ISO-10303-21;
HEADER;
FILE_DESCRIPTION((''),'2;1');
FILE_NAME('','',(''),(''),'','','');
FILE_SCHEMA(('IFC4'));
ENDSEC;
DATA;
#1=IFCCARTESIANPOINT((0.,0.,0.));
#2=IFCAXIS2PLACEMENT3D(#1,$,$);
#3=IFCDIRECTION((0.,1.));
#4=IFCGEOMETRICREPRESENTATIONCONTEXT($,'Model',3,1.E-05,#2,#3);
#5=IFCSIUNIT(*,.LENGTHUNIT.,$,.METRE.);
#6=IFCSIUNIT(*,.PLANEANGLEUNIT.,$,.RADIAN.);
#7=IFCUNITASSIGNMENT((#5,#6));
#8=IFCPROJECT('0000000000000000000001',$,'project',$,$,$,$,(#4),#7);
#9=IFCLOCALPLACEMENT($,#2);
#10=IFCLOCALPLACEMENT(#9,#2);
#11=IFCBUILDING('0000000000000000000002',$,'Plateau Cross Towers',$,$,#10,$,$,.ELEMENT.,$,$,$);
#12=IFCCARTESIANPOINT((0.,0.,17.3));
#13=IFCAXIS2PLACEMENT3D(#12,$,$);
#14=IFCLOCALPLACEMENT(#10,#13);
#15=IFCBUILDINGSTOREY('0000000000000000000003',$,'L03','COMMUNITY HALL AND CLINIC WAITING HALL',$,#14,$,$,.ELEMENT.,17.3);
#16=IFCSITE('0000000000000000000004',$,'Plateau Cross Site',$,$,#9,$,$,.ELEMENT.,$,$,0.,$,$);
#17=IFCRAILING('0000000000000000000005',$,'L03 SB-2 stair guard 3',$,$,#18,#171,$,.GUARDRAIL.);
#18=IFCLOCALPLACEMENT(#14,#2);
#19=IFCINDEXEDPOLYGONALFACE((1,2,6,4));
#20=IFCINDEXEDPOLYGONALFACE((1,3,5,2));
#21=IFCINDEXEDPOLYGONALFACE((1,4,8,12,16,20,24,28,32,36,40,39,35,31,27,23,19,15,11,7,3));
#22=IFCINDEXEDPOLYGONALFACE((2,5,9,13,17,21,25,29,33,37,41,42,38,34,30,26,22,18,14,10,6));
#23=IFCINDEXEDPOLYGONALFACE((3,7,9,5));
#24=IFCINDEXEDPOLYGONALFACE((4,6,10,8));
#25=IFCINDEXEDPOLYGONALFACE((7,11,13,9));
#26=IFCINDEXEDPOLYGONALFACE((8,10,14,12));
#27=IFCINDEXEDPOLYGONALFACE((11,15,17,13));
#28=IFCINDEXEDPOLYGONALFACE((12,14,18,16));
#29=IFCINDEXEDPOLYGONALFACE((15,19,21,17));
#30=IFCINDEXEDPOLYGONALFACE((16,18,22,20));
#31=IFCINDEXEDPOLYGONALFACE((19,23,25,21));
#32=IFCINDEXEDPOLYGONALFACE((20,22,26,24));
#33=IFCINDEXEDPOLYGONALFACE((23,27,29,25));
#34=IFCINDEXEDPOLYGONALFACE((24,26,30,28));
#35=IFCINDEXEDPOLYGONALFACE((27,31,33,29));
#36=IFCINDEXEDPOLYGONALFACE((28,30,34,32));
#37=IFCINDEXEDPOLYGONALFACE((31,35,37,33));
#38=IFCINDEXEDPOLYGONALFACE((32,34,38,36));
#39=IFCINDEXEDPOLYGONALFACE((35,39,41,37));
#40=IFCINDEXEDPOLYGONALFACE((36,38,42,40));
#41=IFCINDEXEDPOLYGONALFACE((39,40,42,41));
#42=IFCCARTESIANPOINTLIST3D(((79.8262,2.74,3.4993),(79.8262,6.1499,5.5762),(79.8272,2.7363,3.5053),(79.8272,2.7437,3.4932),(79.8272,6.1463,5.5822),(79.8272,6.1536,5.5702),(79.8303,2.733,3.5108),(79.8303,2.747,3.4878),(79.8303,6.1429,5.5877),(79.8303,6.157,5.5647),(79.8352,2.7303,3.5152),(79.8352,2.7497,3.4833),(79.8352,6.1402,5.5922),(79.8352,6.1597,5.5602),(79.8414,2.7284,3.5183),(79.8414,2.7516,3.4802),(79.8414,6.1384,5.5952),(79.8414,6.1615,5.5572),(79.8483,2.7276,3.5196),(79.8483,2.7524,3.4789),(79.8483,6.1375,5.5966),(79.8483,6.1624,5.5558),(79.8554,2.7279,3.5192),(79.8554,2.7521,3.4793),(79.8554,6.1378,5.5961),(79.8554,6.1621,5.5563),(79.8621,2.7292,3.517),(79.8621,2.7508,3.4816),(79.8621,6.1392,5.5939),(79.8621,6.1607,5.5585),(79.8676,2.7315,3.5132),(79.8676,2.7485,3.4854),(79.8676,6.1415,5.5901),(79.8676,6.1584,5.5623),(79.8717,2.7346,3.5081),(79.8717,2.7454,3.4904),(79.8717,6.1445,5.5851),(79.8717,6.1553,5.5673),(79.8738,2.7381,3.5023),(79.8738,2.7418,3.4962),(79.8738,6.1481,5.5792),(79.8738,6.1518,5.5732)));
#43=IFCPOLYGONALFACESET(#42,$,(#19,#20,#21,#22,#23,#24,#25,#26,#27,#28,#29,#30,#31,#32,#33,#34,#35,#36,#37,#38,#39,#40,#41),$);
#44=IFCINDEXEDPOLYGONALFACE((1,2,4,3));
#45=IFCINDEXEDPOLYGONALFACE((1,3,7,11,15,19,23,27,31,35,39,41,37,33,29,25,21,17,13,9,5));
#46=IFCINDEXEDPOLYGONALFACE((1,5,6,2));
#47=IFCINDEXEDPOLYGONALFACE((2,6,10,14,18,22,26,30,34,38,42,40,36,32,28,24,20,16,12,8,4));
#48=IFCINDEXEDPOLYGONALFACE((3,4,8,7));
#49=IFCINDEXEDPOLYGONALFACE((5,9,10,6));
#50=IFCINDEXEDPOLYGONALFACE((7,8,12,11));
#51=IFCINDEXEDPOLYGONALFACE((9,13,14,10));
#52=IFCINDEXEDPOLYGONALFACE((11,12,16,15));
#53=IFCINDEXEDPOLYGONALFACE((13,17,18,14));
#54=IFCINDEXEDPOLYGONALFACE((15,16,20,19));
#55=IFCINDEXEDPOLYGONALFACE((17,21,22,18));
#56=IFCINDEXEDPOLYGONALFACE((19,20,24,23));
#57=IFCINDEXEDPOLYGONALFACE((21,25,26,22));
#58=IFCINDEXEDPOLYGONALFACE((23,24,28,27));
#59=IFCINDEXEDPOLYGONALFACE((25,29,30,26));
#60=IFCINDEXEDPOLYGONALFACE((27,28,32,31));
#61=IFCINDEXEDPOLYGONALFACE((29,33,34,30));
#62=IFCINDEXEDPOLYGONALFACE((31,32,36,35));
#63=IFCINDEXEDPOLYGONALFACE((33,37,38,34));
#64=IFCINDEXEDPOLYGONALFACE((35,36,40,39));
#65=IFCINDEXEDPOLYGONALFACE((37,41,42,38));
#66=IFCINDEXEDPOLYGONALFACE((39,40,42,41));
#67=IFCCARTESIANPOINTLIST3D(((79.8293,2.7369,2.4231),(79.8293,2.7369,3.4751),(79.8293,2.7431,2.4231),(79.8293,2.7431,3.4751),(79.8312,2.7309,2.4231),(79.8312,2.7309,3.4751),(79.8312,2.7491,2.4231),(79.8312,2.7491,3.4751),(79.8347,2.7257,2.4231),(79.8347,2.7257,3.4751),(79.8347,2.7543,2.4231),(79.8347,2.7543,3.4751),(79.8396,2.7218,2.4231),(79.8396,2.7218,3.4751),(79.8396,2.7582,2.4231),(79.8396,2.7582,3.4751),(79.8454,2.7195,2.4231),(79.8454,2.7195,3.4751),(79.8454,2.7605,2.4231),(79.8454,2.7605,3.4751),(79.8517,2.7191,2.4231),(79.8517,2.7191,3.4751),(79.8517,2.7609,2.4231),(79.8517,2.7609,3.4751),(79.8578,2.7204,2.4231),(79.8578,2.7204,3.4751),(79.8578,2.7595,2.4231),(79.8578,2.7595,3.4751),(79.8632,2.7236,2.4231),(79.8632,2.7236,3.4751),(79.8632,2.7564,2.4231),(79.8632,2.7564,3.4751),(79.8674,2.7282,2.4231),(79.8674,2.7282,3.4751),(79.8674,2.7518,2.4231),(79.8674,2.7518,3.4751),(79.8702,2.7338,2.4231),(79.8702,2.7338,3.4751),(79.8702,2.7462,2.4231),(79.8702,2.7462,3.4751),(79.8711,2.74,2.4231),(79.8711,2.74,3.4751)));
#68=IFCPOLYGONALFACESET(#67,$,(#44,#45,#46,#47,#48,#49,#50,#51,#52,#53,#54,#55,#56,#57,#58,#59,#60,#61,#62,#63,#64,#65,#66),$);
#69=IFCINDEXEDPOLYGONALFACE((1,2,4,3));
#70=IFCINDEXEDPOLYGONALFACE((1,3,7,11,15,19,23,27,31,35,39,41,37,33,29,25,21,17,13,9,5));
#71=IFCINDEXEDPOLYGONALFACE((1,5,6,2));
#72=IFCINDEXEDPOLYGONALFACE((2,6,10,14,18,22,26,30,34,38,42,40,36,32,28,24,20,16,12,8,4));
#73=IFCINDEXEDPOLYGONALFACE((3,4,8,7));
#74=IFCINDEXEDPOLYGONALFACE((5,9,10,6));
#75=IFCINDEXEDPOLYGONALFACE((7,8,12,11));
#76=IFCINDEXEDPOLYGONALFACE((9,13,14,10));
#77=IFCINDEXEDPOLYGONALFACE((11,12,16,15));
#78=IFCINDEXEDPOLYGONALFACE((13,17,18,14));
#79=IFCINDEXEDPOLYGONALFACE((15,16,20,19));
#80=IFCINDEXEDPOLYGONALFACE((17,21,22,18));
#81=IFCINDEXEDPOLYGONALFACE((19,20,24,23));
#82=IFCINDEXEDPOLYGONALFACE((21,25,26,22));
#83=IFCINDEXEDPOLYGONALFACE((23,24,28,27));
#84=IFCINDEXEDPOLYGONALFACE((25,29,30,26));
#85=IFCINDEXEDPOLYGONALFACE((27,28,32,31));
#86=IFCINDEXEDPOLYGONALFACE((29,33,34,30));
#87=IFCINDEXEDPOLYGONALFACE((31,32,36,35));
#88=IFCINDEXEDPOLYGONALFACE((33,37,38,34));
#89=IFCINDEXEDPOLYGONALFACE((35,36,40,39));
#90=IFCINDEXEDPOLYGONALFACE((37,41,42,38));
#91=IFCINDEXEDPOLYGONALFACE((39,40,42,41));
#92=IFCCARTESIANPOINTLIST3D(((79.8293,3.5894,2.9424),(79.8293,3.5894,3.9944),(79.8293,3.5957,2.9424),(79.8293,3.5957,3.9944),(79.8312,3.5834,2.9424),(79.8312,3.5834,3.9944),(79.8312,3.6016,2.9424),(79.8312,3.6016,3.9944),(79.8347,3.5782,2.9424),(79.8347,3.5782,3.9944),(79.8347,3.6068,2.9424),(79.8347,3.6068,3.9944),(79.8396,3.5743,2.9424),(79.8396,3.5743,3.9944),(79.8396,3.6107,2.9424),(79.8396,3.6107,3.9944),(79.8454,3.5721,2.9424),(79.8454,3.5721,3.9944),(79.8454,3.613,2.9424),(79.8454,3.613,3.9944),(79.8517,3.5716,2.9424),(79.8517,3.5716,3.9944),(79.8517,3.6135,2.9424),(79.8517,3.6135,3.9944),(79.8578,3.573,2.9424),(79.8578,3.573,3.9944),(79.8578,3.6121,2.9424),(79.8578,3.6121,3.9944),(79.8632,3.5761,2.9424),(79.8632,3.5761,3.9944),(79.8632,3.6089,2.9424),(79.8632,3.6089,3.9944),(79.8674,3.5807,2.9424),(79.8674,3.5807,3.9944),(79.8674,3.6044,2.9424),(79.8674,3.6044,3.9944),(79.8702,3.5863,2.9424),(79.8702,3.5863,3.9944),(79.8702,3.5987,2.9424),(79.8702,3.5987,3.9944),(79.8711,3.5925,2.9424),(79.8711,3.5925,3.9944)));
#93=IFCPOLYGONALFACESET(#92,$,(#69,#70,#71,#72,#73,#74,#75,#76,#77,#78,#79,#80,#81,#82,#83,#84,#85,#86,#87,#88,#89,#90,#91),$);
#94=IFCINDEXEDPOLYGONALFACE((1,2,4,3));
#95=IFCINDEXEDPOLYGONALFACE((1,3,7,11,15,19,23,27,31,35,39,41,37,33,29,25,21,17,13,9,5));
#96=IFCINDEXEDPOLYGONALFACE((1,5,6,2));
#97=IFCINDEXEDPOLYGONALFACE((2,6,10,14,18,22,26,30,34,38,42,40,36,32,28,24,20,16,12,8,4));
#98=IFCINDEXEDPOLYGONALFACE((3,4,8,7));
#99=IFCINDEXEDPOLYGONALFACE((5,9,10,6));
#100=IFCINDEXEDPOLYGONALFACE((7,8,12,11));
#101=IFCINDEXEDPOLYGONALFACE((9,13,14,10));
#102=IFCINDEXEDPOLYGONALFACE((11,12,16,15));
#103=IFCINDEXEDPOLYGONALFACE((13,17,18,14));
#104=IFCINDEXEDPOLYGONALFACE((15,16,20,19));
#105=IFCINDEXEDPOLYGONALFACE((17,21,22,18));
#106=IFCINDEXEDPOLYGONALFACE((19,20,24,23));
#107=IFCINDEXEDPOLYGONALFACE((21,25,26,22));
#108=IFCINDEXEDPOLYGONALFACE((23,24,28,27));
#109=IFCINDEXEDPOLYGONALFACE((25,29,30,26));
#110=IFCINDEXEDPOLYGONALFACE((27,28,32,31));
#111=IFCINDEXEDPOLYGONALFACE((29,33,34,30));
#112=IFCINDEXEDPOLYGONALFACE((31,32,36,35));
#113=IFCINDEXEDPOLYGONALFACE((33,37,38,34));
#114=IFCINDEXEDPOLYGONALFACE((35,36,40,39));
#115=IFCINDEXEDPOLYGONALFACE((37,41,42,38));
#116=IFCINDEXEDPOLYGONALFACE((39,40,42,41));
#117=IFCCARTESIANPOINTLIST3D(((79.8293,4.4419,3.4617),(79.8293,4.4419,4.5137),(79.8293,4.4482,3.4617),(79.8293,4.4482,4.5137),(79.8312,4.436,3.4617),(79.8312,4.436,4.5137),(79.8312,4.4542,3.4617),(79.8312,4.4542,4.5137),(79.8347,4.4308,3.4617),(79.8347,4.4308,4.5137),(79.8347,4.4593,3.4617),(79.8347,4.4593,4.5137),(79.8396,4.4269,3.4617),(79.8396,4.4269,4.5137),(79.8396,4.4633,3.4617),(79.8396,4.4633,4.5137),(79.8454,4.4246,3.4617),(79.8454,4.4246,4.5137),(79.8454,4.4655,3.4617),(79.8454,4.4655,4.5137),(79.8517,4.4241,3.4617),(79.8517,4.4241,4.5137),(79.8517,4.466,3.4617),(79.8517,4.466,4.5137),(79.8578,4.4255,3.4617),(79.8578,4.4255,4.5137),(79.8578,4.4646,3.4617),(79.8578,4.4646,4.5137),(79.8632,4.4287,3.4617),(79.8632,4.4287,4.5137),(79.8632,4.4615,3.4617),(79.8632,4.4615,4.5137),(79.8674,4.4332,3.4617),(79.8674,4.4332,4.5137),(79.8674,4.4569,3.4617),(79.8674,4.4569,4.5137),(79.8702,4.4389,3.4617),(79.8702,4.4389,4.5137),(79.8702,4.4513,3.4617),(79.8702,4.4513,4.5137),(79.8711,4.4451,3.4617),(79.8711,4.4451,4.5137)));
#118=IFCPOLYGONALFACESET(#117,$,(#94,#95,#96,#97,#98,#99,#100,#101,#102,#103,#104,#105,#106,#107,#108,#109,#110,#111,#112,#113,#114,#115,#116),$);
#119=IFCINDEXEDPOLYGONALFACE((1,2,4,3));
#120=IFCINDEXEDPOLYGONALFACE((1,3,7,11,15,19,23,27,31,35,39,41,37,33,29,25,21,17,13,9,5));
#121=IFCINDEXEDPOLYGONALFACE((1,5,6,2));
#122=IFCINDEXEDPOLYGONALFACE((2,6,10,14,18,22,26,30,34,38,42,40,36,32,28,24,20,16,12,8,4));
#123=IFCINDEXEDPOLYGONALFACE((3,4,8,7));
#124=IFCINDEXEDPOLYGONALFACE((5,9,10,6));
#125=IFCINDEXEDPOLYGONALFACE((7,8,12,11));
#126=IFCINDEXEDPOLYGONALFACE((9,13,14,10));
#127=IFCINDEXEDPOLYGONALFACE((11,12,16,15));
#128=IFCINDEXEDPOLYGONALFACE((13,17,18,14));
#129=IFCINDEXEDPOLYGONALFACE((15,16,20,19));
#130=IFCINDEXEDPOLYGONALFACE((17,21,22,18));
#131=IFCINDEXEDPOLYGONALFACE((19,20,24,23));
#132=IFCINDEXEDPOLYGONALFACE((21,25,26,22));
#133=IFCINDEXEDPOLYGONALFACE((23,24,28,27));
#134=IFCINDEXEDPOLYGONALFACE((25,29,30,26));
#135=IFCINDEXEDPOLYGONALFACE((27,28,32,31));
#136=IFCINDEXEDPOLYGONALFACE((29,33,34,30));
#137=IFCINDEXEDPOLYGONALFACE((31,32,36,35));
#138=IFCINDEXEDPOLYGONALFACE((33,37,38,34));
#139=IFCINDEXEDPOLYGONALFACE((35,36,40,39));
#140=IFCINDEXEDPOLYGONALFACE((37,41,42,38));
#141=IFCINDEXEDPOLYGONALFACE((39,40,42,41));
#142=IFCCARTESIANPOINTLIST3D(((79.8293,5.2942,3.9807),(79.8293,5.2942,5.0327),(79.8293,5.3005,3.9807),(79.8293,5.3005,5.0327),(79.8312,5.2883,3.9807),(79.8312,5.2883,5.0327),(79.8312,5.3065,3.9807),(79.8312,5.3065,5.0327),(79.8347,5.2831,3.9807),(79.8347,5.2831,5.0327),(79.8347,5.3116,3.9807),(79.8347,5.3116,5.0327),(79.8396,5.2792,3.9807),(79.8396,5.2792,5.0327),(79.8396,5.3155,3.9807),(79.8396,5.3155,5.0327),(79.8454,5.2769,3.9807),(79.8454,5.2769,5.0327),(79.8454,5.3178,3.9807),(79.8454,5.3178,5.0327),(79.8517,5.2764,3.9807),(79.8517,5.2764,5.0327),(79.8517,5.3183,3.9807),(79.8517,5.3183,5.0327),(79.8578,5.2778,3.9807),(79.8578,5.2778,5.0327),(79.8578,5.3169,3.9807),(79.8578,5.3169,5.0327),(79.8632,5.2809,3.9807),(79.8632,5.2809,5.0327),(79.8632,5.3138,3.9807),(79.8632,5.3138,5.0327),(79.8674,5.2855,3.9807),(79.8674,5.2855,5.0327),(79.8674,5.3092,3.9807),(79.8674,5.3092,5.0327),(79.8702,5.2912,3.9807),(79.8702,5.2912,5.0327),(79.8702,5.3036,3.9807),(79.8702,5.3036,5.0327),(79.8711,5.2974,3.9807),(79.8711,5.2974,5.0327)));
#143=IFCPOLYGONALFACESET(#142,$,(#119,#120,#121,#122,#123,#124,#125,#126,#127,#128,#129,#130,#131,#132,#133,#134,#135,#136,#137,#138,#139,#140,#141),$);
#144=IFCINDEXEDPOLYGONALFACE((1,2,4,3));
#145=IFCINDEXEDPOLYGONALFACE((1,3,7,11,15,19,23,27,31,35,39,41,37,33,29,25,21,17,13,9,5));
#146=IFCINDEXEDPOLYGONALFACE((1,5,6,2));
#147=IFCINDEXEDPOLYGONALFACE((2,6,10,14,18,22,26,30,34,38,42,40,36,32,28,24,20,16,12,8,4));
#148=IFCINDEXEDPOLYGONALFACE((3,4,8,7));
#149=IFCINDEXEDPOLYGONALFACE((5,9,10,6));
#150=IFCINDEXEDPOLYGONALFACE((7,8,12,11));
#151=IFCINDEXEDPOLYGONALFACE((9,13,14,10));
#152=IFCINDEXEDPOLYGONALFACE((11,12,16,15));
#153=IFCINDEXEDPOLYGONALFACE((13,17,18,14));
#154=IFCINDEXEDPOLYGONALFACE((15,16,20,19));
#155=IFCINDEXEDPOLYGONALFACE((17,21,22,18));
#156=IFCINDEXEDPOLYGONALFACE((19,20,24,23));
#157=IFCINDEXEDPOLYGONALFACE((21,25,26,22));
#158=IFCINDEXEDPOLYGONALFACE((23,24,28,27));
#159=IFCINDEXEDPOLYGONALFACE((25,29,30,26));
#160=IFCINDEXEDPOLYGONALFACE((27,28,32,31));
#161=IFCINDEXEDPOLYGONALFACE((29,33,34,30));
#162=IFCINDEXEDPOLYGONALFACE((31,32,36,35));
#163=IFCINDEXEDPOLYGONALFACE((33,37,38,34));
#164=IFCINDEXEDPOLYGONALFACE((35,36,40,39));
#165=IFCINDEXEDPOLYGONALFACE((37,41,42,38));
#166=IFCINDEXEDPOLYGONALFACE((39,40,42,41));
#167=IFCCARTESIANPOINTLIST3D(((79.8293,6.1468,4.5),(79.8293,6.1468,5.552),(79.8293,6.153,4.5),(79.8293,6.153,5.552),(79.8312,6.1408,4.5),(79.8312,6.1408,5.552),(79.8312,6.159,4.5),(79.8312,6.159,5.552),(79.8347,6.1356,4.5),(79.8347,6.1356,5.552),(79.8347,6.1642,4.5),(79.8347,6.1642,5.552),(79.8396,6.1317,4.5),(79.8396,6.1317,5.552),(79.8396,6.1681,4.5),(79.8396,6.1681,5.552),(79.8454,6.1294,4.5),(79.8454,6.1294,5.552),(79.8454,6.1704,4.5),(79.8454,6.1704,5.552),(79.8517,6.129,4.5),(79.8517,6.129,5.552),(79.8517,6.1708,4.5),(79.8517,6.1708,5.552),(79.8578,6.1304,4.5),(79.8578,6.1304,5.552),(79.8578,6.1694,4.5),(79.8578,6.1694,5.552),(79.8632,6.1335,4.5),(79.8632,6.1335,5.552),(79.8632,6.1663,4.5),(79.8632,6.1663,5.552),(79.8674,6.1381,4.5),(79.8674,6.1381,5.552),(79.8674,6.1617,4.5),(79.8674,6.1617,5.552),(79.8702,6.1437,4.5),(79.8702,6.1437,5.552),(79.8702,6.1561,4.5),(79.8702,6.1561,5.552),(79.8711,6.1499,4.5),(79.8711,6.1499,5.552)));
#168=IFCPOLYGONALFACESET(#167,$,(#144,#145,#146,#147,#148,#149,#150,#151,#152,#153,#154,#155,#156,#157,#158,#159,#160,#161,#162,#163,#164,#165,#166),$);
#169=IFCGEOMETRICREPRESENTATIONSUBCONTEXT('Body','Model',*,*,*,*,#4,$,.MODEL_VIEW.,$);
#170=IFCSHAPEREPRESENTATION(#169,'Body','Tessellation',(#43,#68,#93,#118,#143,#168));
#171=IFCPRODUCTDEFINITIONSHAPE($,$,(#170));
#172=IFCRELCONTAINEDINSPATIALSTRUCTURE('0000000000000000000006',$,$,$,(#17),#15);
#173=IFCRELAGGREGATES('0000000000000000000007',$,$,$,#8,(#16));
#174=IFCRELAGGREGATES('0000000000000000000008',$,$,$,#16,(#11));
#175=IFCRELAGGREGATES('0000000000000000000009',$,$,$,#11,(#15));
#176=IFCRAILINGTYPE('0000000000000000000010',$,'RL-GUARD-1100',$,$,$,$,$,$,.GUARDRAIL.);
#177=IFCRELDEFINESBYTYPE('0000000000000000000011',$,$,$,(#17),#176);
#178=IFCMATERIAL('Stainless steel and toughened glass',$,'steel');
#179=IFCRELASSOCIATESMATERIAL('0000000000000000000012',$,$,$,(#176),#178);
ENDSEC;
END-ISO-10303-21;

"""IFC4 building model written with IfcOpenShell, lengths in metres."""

from ifc_helpers import new_model, si_unit, direction, frame, origin, origin_2d, place, context, subcontext, project, spatial, circle, extrude, material, type_object, element, save


model = new_model("IFC4")

# Units and contexts
model_context = context("Model", 3, precision=1e-05, world=origin(), true_north=direction((0.0, 1.0)))
body_context = subcontext(model_context, "Body", "Model", "MODEL_VIEW")
ifc_project = project(units=[si_unit("LENGTHUNIT", "METRE"), si_unit("PLANEANGLEUNIT", "RADIAN")], contexts=[model_context])

# Site, building, storey
site_placement = place(None, origin())
site = spatial("IfcSite", under=ifc_project, at=site_placement, Name="Plateau Cross Site", CompositionType="ELEMENT", RefElevation=0.0)
building_placement = place(site_placement, origin())
building = spatial("IfcBuilding", under=site, at=building_placement, Name="Plateau Cross Towers", CompositionType="ELEMENT")
storey_placement = place(building_placement, frame((0.0, 0.0, 17.3)))
storey = spatial("IfcBuildingStorey", under=building, at=storey_placement, Name="L03", Description="COMMUNITY HALL AND CLINIC WAITING HALL", CompositionType="ELEMENT", Elevation=17.3)

# Railing
ifc_material_1 = material(Name="Stainless steel and toughened glass", Category="steel")
railing_type_1 = type_object("IfcRailingType", Name="RL-GUARD-1100", PredefinedType="GUARDRAIL", material=ifc_material_1)
railing_1_placement = place(storey_placement, frame((79.8501, 2.74, 2.4231)))
element("IfcRailing", 1, at=railing_1_placement, inside=storey, type_object=railing_type_1, Name="L03 SB-2 stair guard 3", PredefinedType="GUARDRAIL", context=body_context, shape_type="SweptSolid", body=[
    extrude(circle(Radius=0.0239, at=origin_2d()), frame((0.0, 0.0, 1.0762), z_axis=(0.0, 0.854053, 0.520186), x_axis=(-1.0, 0.0, 0.0)), (0.0, 0.0, 1.0), 3.9927),
    extrude(circle(Radius=0.021, at=origin_2d()), origin(), (0.0, 0.0, 1.0), 1.052),
    extrude(circle(Radius=0.021, at=origin_2d()), frame((0.0, 0.8525, 0.5193)), (0.0, 0.0, 1.0), 1.052),
    extrude(circle(Radius=0.021, at=origin_2d()), frame((0.0, 1.7051, 1.0386)), (0.0, 0.0, 1.0), 1.052),
    extrude(circle(Radius=0.021, at=origin_2d()), frame((0.0, 2.5574, 1.5576)), (0.0, 0.0, 1.0), 1.052),
    extrude(circle(Radius=0.021, at=origin_2d()), frame((0.0, 3.4099, 2.0769)), (0.0, 0.0, 1.0), 1.052),
])

save(model, "model.ifc")
